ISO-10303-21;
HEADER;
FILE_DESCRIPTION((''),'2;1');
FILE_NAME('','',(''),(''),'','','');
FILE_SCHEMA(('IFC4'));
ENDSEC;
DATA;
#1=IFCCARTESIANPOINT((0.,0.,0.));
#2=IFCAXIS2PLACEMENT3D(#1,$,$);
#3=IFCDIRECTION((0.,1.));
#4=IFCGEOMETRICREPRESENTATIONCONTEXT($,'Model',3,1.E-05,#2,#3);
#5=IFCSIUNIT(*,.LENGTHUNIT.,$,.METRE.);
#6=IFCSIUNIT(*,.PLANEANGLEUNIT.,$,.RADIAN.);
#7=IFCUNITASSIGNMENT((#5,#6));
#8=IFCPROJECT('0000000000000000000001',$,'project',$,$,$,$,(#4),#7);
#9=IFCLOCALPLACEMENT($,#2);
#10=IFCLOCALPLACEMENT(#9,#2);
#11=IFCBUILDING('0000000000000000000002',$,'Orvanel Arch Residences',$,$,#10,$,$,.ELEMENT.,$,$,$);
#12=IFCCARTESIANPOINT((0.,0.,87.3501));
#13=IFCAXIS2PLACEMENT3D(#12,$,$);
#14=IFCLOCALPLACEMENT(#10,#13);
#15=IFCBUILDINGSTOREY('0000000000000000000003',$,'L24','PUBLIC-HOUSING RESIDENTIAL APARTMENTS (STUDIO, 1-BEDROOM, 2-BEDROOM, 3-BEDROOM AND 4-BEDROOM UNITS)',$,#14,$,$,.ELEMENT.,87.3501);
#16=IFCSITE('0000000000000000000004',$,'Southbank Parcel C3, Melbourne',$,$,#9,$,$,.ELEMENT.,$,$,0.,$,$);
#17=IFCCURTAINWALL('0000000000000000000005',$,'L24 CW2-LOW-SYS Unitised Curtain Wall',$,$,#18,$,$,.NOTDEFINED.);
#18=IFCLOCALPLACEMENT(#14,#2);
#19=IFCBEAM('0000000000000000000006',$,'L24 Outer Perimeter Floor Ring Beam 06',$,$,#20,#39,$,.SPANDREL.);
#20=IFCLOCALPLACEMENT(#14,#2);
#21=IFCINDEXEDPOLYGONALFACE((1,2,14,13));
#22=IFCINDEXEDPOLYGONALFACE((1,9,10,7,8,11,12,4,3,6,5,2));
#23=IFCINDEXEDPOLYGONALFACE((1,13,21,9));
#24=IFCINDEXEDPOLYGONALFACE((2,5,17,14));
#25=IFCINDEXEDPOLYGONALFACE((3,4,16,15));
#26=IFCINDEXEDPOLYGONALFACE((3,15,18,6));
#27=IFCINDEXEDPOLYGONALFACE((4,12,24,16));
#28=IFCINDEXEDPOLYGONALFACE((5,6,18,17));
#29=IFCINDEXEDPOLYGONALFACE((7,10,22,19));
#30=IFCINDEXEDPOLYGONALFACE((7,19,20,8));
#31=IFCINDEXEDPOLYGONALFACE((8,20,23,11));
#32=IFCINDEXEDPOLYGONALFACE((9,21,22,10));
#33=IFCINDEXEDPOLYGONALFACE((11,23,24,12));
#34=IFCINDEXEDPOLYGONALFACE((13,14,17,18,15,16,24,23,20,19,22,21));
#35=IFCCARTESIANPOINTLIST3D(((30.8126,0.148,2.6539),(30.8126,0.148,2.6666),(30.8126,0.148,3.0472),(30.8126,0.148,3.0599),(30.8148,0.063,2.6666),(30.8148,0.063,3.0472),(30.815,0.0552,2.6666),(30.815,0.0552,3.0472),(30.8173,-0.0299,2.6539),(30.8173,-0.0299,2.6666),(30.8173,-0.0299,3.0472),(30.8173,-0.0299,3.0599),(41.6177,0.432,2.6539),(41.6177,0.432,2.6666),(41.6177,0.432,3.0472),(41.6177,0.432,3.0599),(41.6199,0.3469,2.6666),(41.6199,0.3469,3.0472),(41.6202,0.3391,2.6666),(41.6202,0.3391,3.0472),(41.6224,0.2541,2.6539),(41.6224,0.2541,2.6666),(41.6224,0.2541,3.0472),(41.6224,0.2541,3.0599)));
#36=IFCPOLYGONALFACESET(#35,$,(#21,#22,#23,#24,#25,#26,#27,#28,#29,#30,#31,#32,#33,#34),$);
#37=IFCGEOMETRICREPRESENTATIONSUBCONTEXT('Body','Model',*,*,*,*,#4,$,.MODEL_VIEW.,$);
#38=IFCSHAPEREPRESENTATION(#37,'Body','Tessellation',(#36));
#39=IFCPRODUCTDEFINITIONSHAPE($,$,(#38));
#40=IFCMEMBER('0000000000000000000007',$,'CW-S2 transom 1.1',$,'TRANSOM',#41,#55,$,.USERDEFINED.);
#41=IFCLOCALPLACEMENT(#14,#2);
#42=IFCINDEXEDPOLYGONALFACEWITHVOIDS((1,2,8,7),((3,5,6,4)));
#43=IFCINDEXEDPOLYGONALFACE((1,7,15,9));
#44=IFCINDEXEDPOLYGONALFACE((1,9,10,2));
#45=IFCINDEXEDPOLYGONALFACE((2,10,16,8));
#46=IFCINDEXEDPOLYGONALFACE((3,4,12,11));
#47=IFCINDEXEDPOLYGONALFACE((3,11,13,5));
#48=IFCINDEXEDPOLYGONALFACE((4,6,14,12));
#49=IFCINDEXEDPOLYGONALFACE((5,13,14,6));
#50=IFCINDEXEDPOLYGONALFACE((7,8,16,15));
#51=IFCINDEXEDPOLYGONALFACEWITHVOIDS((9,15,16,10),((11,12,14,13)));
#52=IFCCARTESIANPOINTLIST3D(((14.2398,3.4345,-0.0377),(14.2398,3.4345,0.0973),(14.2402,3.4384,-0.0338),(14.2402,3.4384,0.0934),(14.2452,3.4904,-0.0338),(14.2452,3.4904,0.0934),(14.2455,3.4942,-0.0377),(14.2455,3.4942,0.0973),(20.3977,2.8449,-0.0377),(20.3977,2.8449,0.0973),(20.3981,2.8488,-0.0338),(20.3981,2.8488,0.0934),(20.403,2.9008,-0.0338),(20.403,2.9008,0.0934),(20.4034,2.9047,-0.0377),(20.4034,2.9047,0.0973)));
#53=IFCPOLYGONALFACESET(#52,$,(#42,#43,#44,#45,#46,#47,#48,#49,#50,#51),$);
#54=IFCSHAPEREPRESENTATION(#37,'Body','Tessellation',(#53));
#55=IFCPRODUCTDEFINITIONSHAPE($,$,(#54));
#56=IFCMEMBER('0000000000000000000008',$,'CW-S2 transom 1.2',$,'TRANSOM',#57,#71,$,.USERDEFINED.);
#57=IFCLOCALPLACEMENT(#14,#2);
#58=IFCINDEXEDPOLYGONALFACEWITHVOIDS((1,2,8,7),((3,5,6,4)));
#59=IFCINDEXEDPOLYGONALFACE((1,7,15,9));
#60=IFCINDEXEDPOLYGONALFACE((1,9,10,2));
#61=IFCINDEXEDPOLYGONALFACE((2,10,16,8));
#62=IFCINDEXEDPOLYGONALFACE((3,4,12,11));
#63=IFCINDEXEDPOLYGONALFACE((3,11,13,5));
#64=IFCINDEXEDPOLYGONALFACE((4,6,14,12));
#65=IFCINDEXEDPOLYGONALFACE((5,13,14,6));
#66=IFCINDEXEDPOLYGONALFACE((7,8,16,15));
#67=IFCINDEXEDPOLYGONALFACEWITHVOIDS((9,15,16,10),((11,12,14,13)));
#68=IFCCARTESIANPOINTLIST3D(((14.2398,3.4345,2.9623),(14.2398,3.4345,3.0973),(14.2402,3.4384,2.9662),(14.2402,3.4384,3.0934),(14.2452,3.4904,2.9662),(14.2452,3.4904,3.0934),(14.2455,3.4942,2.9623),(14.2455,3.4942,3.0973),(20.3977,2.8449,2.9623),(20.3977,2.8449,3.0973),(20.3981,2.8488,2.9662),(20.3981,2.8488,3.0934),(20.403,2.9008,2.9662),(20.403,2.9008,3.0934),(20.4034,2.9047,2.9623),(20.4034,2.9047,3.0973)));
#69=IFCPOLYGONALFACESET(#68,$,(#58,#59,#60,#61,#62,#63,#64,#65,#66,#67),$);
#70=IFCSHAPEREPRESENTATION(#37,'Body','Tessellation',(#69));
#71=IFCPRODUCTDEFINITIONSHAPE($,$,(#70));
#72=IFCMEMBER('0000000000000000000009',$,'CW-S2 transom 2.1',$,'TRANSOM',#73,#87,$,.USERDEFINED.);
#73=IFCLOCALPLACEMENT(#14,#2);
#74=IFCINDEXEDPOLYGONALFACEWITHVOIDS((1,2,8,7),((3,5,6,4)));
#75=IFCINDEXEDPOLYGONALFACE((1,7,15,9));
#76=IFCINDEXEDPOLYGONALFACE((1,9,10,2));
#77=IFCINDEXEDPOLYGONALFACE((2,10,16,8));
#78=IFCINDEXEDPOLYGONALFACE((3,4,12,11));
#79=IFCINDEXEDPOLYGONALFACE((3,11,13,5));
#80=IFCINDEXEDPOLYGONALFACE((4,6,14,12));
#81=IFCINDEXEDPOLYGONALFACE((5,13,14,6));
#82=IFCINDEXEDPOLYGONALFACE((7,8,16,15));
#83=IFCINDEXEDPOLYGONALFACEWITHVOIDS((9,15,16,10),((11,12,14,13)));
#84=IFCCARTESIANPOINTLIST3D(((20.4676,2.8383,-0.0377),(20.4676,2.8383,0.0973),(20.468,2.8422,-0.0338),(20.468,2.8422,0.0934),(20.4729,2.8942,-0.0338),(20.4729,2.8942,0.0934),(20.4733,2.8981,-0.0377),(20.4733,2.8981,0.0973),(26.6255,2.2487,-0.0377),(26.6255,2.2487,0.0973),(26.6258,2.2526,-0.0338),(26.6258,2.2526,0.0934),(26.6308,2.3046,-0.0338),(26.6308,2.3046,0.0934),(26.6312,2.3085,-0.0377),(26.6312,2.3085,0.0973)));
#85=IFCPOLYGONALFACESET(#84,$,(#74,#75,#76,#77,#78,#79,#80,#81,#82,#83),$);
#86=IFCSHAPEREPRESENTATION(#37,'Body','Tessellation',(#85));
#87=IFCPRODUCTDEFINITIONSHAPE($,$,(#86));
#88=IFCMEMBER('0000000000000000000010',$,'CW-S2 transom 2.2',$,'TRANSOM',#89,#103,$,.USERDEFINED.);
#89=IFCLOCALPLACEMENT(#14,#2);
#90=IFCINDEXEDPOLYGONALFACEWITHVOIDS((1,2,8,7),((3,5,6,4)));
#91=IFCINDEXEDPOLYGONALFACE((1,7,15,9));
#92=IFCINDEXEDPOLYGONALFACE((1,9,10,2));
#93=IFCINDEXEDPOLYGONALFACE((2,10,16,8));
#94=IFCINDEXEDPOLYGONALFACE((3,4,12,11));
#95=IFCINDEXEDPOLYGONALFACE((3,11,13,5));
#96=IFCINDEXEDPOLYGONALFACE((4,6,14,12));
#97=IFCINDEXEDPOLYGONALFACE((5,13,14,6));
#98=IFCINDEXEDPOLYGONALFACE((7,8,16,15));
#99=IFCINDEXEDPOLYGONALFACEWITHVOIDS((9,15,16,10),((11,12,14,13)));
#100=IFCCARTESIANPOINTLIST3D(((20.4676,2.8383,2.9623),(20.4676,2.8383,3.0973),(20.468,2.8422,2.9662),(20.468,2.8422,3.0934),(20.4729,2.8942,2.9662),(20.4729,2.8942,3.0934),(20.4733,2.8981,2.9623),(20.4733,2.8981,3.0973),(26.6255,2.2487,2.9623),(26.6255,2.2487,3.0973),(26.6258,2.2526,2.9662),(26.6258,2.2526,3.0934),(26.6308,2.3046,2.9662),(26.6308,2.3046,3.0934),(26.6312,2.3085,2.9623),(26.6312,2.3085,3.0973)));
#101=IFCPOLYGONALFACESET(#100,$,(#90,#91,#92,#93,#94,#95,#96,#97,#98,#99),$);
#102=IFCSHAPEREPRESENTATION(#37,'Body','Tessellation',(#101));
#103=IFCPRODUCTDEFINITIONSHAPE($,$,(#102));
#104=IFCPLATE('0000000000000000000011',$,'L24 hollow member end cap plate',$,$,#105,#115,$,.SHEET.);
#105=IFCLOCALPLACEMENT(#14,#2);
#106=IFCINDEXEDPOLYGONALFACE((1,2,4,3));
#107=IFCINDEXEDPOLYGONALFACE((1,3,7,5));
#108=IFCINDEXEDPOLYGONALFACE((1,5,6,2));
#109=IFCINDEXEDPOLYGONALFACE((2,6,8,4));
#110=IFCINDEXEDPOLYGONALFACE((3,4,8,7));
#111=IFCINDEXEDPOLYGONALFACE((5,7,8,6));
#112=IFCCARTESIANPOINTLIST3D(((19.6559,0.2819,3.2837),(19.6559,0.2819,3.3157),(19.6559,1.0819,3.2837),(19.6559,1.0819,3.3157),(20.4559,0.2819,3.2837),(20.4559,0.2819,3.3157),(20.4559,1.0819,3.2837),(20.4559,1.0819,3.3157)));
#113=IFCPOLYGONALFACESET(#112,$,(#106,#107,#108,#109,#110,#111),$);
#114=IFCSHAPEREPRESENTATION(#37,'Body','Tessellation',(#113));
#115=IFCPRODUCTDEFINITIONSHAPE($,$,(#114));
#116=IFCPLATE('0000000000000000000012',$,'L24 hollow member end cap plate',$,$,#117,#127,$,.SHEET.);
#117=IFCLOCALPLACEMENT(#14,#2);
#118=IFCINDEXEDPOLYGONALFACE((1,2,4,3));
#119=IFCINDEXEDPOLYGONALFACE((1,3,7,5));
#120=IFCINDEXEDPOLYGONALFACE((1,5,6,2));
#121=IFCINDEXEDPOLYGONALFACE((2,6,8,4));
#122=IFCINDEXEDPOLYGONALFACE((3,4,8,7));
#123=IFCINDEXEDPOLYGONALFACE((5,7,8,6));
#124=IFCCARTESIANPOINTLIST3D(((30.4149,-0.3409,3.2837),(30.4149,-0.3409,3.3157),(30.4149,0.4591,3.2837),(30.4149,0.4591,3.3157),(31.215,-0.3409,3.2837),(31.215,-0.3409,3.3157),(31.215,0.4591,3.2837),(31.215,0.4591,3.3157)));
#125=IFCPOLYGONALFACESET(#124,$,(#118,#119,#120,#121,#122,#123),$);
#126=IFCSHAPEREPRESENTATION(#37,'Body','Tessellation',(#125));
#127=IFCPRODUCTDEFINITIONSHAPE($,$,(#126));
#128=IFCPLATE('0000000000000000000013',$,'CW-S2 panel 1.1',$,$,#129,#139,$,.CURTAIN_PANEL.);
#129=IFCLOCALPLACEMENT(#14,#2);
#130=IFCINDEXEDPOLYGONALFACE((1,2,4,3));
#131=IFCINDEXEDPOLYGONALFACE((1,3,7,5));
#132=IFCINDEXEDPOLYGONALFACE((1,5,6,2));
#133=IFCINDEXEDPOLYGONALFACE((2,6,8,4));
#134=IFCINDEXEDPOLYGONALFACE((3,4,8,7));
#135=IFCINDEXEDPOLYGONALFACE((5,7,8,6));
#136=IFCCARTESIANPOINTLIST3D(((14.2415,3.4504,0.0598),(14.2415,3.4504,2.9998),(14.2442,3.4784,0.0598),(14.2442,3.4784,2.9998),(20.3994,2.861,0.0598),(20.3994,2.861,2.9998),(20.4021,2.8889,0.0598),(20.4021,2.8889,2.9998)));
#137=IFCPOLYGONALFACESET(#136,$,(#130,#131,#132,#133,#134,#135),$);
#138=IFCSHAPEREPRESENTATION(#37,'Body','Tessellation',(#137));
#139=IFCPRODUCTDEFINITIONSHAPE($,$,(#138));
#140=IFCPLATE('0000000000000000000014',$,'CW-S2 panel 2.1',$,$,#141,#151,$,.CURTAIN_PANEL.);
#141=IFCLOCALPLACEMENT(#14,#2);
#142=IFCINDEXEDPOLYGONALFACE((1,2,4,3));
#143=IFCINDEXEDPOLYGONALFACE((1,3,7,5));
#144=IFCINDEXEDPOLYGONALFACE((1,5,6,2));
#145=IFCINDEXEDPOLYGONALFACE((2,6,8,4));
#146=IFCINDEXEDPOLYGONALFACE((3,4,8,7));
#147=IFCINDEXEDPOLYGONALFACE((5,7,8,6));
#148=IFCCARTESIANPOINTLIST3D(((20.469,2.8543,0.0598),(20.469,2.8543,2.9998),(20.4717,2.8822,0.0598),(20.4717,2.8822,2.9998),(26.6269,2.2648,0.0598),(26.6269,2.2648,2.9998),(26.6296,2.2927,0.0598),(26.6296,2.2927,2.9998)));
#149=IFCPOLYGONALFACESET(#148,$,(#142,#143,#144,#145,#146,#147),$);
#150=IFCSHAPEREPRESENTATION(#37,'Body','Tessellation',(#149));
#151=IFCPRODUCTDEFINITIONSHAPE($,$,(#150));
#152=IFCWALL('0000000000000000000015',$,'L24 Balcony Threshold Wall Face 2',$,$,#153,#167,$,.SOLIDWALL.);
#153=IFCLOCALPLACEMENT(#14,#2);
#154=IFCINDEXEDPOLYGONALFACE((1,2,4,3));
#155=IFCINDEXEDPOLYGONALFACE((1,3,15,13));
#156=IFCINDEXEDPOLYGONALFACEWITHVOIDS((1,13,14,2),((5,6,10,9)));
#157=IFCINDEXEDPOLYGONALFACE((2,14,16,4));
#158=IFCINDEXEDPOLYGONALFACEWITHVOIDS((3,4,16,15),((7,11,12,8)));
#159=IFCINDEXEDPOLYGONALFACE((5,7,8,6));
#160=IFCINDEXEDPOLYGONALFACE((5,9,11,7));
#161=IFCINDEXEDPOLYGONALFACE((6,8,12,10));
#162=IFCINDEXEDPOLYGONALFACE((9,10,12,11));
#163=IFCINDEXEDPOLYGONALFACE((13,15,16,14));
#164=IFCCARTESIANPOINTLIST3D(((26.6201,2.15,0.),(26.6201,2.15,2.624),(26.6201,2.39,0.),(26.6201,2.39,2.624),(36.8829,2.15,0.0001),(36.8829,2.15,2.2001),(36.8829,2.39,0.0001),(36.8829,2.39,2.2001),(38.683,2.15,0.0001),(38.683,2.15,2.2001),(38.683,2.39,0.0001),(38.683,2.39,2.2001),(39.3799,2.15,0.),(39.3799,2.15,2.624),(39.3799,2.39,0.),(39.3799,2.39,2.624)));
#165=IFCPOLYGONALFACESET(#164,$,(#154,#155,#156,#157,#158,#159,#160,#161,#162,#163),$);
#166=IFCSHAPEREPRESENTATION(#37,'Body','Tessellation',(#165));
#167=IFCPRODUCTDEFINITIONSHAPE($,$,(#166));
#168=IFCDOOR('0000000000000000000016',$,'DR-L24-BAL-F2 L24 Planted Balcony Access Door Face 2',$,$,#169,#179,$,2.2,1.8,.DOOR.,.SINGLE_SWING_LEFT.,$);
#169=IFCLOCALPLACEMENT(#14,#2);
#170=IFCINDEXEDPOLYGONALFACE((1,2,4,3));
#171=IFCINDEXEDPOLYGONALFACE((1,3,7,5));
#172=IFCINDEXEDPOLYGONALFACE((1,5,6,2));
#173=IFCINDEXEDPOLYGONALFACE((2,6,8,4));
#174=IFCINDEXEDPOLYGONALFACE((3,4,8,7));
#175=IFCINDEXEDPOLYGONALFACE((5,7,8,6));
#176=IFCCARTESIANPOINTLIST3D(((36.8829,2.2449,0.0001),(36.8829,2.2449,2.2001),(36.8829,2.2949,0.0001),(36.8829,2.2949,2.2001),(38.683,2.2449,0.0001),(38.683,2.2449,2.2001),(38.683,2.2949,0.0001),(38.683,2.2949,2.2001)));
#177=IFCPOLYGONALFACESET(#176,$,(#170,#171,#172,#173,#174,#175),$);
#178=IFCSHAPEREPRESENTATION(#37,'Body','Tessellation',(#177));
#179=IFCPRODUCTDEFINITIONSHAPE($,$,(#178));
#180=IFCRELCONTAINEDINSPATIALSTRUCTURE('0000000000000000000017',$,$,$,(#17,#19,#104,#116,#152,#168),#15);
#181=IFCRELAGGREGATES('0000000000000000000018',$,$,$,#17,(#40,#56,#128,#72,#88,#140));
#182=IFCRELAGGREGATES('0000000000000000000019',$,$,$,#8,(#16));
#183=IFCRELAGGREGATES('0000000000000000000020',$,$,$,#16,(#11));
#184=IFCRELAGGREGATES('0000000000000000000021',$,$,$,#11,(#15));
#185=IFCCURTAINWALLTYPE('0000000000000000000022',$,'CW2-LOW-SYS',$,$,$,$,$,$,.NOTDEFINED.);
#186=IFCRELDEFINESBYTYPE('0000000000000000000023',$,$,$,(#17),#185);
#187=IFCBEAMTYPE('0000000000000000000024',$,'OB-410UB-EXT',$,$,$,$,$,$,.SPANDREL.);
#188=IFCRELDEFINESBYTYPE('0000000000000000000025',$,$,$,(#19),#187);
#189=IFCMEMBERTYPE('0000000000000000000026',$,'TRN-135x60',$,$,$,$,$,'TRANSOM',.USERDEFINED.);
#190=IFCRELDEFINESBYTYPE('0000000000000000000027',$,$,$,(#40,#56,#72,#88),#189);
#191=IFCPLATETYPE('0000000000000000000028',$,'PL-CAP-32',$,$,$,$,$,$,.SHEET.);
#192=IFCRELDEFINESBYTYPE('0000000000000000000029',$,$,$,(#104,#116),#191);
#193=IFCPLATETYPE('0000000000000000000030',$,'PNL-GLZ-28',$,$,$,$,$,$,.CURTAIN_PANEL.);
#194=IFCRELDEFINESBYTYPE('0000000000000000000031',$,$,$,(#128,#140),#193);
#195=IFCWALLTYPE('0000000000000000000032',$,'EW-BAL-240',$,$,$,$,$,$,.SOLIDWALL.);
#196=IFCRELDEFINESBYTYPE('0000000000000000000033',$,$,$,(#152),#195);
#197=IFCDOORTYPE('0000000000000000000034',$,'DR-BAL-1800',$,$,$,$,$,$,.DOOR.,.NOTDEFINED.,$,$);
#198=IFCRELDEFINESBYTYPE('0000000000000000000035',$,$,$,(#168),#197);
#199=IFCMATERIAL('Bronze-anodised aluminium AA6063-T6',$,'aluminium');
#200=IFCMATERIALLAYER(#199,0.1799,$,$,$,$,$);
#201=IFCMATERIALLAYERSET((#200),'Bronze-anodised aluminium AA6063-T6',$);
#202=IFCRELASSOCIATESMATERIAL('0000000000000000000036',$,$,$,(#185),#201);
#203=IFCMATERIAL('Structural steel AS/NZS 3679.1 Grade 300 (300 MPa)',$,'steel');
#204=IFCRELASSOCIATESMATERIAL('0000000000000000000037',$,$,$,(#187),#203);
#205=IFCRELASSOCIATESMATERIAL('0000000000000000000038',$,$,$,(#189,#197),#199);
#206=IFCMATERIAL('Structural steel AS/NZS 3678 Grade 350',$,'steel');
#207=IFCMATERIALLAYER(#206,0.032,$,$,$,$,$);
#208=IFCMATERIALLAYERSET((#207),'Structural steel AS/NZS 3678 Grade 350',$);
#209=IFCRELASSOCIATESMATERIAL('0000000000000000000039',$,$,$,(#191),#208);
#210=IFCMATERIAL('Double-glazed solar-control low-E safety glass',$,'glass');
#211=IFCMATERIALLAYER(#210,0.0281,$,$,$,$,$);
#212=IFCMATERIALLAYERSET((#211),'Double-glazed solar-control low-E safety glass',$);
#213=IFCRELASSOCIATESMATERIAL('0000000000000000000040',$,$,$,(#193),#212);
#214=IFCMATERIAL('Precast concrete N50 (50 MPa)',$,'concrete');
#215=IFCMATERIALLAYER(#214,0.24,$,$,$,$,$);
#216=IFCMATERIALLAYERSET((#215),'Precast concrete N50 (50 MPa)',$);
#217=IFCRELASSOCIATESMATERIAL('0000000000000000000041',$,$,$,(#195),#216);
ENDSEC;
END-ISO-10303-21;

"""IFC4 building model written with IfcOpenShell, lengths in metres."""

from ifc_helpers import new_model, si_unit, direction, frame, frame_2d, origin, origin_2d, place, context, subcontext, project, spatial, rectangle, hollow_rectangle, i_section, extrude, material, layer, layer_set, material_profile, profile_set, type_object, element, fill, aggregate, save


model = new_model("IFC4")

# Units and contexts
model_context = context("Model", 3, precision=1e-05, world=origin(), true_north=direction((0.0, 1.0)))
body_context = subcontext(model_context, "Body", "Model", "MODEL_VIEW")
ifc_project = project(units=[si_unit("LENGTHUNIT", "METRE"), si_unit("PLANEANGLEUNIT", "RADIAN")], contexts=[model_context])

# Site, building, storey
site_placement = place(None, origin())
site = spatial("IfcSite", under=ifc_project, at=site_placement, Name="Southbank Parcel C3, Melbourne", CompositionType="ELEMENT", RefElevation=0.0)
building_placement = place(site_placement, origin())
building = spatial("IfcBuilding", under=site, at=building_placement, Name="Orvanel Arch Residences", CompositionType="ELEMENT")
storey_placement = place(building_placement, frame((0.0, 0.0, 87.3501)))
storey = spatial("IfcBuildingStorey", under=building, at=storey_placement, Name="L24", Description="PUBLIC-HOUSING RESIDENTIAL APARTMENTS (STUDIO, 1-BEDROOM, 2-BEDROOM, 3-BEDROOM AND 4-BEDROOM UNITS)", CompositionType="ELEMENT", Elevation=87.3501)

# Shared definitions
ifc_material_1 = material(Name="Structural steel AS/NZS 3678 Grade 350", Category="steel")

# Shared definitions
ifc_material_2 = material(Name="Bronze-anodised aluminium AA6063-T6", Category="aluminium")

# Curtain wall
ifc_layer_1 = layer(ifc_material_2, 0.1799)
ifc_layer_set_1 = layer_set([ifc_layer_1], Name="Bronze-anodised aluminium AA6063-T6")
curtain_wall_type_1 = type_object("IfcCurtainWallType", Name="CW2-LOW-SYS", PredefinedType="NOTDEFINED", material=ifc_layer_set_1)
curtain_wall_1_placement = place(storey_placement, origin())
curtain_wall_1 = element("IfcCurtainWall", 1, at=curtain_wall_1_placement, inside=storey, type_object=curtain_wall_type_1, Name="L24 CW2-LOW-SYS Unitised Curtain Wall", PredefinedType="NOTDEFINED")

# Beam
ifc_material_3 = material(Name="Structural steel AS/NZS 3679.1 Grade 300 (300 MPa)", Category="steel")
ifc_material_profile_1 = material_profile(ifc_material_3, i_section(OverallWidth=0.178, OverallDepth=0.406, WebThickness=0.0078, FlangeThickness=0.0127, at=origin_2d()), Name="410UB59.7")
ifc_profile_set_1 = profile_set([ifc_material_profile_1], Name="Structural steel AS/NZS 3679.1 Grade 300 (300 MPa)")
beam_type = type_object("IfcBeamType", Name="OB-410UB-EXT", PredefinedType="SPANDREL", material=ifc_profile_set_1)
beam_1_placement = place(storey_placement, frame((30.8149, 0.0591, 2.8569), z_axis=(0.999655, 0.026269, 0.0), x_axis=(-0.026269, 0.999655, 0.0)))
element("IfcBeam", 2, at=beam_1_placement, inside=storey, type_object=beam_type, Name="L24 Outer Perimeter Floor Ring Beam 06", PredefinedType="SPANDREL", context=body_context, shape_type="SweptSolid", body=[
    extrude(i_section(OverallWidth=0.178, OverallDepth=0.406, WebThickness=0.0078, FlangeThickness=0.0127, at=origin_2d()), origin(), (0.0, 0.0, 1.0), 10.8088),
])

# Members
ifc_material_profile_2 = material_profile(ifc_material_2, hollow_rectangle(XDim=0.0601, YDim=0.135, WallThickness=0.0039, at=origin_2d()), Name="ALU135x60x4")
ifc_profile_set_2 = profile_set([ifc_material_profile_2], Name="Bronze-anodised aluminium AA6063-T6")
member_type_1 = type_object("IfcMemberType", Name="TRN-135x60", ElementType="TRANSOM", PredefinedType="USERDEFINED", material=ifc_profile_set_2)
member_1_placement = place(storey_placement, frame((14.2427, 3.4644, 0.0298), z_axis=(0.995448, -0.09531, 0.0), x_axis=(0.09531, 0.995448, 0.0)))
member_1 = element("IfcMember", 3, at=member_1_placement, type_object=member_type_1, Name="CW-S2 transom 1.1", ObjectType="TRANSOM", PredefinedType="USERDEFINED", context=body_context, shape_type="SweptSolid", body=[
    extrude(hollow_rectangle(XDim=0.0601, YDim=0.135, WallThickness=0.0039, at=origin_2d()), origin(), (0.0, 0.0, 1.0), 6.186),
])
member_2_placement = place(storey_placement, frame((14.2427, 3.4644, 3.0298), z_axis=(0.995448, -0.09531, 0.0), x_axis=(0.09531, 0.995448, 0.0)))
member_2 = element("IfcMember", 4, at=member_2_placement, type_object=member_type_1, Name="CW-S2 transom 1.2", ObjectType="TRANSOM", PredefinedType="USERDEFINED", context=body_context, shape_type="SweptSolid", body=[
    extrude(hollow_rectangle(XDim=0.0601, YDim=0.135, WallThickness=0.0039, at=origin_2d()), origin(), (0.0, 0.0, 1.0), 6.186),
])
member_3_placement = place(storey_placement, frame((20.4705, 2.8682, 0.0298), z_axis=(0.995448, -0.09531, 0.0), x_axis=(0.09531, 0.995448, 0.0)))
member_3 = element("IfcMember", 5, at=member_3_placement, type_object=member_type_1, Name="CW-S2 transom 2.1", ObjectType="TRANSOM", PredefinedType="USERDEFINED", context=body_context, shape_type="SweptSolid", body=[
    extrude(hollow_rectangle(XDim=0.0601, YDim=0.135, WallThickness=0.0039, at=origin_2d()), origin(), (0.0, 0.0, 1.0), 6.186),
])
member_4_placement = place(storey_placement, frame((20.4705, 2.8682, 3.0298), z_axis=(0.995448, -0.09531, 0.0), x_axis=(0.09531, 0.995448, 0.0)))
member_4 = element("IfcMember", 6, at=member_4_placement, type_object=member_type_1, Name="CW-S2 transom 2.2", ObjectType="TRANSOM", PredefinedType="USERDEFINED", context=body_context, shape_type="SweptSolid", body=[
    extrude(hollow_rectangle(XDim=0.0601, YDim=0.135, WallThickness=0.0039, at=origin_2d()), origin(), (0.0, 0.0, 1.0), 6.186),
])

# Plates
ifc_layer_2 = layer(ifc_material_1, 0.032)
ifc_layer_set_2 = layer_set([ifc_layer_2], Name="Structural steel AS/NZS 3678 Grade 350")
plate_type_1 = type_object("IfcPlateType", Name="PL-CAP-32", PredefinedType="SHEET", material=ifc_layer_set_2)
for number, where, z_axis, x_axis, name in (
    (7, (20.0559, 0.6819, 3.2837), (0.0, 0.0, 1.0), (1.0, 0.0, 0.0), "L24 hollow member end cap plate"),
    (8, (30.8149, 0.0591, 3.2837), (0.0, 0.0, 1.0), (1.0, 0.0, 0.0), "L24 hollow member end cap plate"),
):
    element("IfcPlate", number, at=place(storey_placement, frame(where, z_axis=z_axis, x_axis=x_axis)), inside=storey, type_object=plate_type_1, Name=name, PredefinedType="SHEET", context=body_context, shape_type="SweptSolid", body=[
        extrude(rectangle(XDim=0.8, YDim=0.8, at=origin_2d()), origin(), (0.0, 0.0, 1.0), 0.032),
    ])

# Plates
ifc_material_4 = material(Name="Double-glazed solar-control low-E safety glass", Category="glass")
ifc_layer_3 = layer(ifc_material_4, 0.0281)
ifc_layer_set_3 = layer_set([ifc_layer_3], Name="Double-glazed solar-control low-E safety glass")
plate_type_2 = type_object("IfcPlateType", Name="PNL-GLZ-28", PredefinedType="CURTAIN_PANEL", material=ifc_layer_set_3)
plate_1_placement = place(storey_placement, frame((17.3218, 3.1697, 0.0598), z_axis=(0.0, 0.0, 1.0), x_axis=(0.995449, -0.095293, 0.0)))
plate_1 = element("IfcPlate", 9, at=plate_1_placement, type_object=plate_type_2, Name="CW-S2 panel 1.1", PredefinedType="CURTAIN_PANEL", context=body_context, shape_type="SweptSolid", body=[
    extrude(rectangle(XDim=6.186, YDim=0.0281, at=origin_2d()), origin(), (0.0, 0.0, 1.0), 2.9399),
])
plate_2_placement = place(storey_placement, frame((23.5493, 2.5735, 0.0598), z_axis=(0.0, 0.0, 1.0), x_axis=(0.995449, -0.095293, 0.0)))
plate_2 = element("IfcPlate", 10, at=plate_2_placement, type_object=plate_type_2, Name="CW-S2 panel 2.1", PredefinedType="CURTAIN_PANEL", context=body_context, shape_type="SweptSolid", body=[
    extrude(rectangle(XDim=6.186, YDim=0.0281, at=origin_2d()), origin(), (0.0, 0.0, 1.0), 2.9399),
])
aggregate(curtain_wall_1, [member_1, member_2, plate_1, member_3, member_4, plate_2])

# Wall, opening, door
ifc_material_5 = material(Name="Precast concrete N50 (50 MPa)", Category="concrete")
ifc_layer_4 = layer(ifc_material_5, 0.24)
ifc_layer_set_4 = layer_set([ifc_layer_4], Name="Precast concrete N50 (50 MPa)")
wall_type = type_object("IfcWallType", Name="EW-BAL-240", PredefinedType="SOLIDWALL", material=ifc_layer_set_4)
wall_placement = place(storey_placement, frame((26.6201, 2.27, 0.0), z_axis=(0.0, 0.0, 1.0), x_axis=(1.0, 0.0, 0.0)))
wall = element("IfcWall", 11, at=wall_placement, inside=storey, type_object=wall_type, Name="L24 Balcony Threshold Wall Face 2", PredefinedType="SOLIDWALL", context=body_context, shape_type="SweptSolid", body=[
    extrude(rectangle(XDim=12.7598, YDim=0.24, at=frame_2d((6.3799, 0.0))), origin(), (0.0, 0.0, 1.0), 2.624),
])
opening_placement = place(wall_placement, frame((10.2629, 0.0, 0.0)))
opening = element("IfcOpeningElement", 12, at=opening_placement, cuts=wall, PredefinedType="OPENING", context=body_context, shape_type="SweptSolid", body=[
    extrude(rectangle(XDim=1.8, YDim=2.2, at=frame_2d((0.8999, 1.1001))), frame((0.0, 0.1299, 0.0), z_axis=(0.0, -1.0, 0.0), x_axis=(1.0, 0.0, 0.0)), (0.0, 0.0, 1.0), 0.26),
])
door_type = type_object("IfcDoorType", Name="DR-BAL-1800", OperationType="NOTDEFINED", PredefinedType="DOOR", material=ifc_material_2)
door_placement = place(opening_placement, origin())
door = element("IfcDoor", 13, at=door_placement, inside=storey, type_object=door_type, Name="DR-L24-BAL-F2 L24 Planted Balcony Access Door Face 2", OperationType="SINGLE_SWING_LEFT", OverallHeight=2.2, OverallWidth=1.8, PredefinedType="DOOR", context=body_context, shape_type="SweptSolid", body=[
    extrude(rectangle(XDim=1.8, YDim=2.2, at=frame_2d((0.8999, 1.1001))), frame((0.0, 0.0249, 0.0), z_axis=(0.0, -1.0, 0.0), x_axis=(1.0, 0.0, 0.0)), (0.0, 0.0, 1.0), 0.05),
])
fill(opening, door)

save(model, "model.ifc")
